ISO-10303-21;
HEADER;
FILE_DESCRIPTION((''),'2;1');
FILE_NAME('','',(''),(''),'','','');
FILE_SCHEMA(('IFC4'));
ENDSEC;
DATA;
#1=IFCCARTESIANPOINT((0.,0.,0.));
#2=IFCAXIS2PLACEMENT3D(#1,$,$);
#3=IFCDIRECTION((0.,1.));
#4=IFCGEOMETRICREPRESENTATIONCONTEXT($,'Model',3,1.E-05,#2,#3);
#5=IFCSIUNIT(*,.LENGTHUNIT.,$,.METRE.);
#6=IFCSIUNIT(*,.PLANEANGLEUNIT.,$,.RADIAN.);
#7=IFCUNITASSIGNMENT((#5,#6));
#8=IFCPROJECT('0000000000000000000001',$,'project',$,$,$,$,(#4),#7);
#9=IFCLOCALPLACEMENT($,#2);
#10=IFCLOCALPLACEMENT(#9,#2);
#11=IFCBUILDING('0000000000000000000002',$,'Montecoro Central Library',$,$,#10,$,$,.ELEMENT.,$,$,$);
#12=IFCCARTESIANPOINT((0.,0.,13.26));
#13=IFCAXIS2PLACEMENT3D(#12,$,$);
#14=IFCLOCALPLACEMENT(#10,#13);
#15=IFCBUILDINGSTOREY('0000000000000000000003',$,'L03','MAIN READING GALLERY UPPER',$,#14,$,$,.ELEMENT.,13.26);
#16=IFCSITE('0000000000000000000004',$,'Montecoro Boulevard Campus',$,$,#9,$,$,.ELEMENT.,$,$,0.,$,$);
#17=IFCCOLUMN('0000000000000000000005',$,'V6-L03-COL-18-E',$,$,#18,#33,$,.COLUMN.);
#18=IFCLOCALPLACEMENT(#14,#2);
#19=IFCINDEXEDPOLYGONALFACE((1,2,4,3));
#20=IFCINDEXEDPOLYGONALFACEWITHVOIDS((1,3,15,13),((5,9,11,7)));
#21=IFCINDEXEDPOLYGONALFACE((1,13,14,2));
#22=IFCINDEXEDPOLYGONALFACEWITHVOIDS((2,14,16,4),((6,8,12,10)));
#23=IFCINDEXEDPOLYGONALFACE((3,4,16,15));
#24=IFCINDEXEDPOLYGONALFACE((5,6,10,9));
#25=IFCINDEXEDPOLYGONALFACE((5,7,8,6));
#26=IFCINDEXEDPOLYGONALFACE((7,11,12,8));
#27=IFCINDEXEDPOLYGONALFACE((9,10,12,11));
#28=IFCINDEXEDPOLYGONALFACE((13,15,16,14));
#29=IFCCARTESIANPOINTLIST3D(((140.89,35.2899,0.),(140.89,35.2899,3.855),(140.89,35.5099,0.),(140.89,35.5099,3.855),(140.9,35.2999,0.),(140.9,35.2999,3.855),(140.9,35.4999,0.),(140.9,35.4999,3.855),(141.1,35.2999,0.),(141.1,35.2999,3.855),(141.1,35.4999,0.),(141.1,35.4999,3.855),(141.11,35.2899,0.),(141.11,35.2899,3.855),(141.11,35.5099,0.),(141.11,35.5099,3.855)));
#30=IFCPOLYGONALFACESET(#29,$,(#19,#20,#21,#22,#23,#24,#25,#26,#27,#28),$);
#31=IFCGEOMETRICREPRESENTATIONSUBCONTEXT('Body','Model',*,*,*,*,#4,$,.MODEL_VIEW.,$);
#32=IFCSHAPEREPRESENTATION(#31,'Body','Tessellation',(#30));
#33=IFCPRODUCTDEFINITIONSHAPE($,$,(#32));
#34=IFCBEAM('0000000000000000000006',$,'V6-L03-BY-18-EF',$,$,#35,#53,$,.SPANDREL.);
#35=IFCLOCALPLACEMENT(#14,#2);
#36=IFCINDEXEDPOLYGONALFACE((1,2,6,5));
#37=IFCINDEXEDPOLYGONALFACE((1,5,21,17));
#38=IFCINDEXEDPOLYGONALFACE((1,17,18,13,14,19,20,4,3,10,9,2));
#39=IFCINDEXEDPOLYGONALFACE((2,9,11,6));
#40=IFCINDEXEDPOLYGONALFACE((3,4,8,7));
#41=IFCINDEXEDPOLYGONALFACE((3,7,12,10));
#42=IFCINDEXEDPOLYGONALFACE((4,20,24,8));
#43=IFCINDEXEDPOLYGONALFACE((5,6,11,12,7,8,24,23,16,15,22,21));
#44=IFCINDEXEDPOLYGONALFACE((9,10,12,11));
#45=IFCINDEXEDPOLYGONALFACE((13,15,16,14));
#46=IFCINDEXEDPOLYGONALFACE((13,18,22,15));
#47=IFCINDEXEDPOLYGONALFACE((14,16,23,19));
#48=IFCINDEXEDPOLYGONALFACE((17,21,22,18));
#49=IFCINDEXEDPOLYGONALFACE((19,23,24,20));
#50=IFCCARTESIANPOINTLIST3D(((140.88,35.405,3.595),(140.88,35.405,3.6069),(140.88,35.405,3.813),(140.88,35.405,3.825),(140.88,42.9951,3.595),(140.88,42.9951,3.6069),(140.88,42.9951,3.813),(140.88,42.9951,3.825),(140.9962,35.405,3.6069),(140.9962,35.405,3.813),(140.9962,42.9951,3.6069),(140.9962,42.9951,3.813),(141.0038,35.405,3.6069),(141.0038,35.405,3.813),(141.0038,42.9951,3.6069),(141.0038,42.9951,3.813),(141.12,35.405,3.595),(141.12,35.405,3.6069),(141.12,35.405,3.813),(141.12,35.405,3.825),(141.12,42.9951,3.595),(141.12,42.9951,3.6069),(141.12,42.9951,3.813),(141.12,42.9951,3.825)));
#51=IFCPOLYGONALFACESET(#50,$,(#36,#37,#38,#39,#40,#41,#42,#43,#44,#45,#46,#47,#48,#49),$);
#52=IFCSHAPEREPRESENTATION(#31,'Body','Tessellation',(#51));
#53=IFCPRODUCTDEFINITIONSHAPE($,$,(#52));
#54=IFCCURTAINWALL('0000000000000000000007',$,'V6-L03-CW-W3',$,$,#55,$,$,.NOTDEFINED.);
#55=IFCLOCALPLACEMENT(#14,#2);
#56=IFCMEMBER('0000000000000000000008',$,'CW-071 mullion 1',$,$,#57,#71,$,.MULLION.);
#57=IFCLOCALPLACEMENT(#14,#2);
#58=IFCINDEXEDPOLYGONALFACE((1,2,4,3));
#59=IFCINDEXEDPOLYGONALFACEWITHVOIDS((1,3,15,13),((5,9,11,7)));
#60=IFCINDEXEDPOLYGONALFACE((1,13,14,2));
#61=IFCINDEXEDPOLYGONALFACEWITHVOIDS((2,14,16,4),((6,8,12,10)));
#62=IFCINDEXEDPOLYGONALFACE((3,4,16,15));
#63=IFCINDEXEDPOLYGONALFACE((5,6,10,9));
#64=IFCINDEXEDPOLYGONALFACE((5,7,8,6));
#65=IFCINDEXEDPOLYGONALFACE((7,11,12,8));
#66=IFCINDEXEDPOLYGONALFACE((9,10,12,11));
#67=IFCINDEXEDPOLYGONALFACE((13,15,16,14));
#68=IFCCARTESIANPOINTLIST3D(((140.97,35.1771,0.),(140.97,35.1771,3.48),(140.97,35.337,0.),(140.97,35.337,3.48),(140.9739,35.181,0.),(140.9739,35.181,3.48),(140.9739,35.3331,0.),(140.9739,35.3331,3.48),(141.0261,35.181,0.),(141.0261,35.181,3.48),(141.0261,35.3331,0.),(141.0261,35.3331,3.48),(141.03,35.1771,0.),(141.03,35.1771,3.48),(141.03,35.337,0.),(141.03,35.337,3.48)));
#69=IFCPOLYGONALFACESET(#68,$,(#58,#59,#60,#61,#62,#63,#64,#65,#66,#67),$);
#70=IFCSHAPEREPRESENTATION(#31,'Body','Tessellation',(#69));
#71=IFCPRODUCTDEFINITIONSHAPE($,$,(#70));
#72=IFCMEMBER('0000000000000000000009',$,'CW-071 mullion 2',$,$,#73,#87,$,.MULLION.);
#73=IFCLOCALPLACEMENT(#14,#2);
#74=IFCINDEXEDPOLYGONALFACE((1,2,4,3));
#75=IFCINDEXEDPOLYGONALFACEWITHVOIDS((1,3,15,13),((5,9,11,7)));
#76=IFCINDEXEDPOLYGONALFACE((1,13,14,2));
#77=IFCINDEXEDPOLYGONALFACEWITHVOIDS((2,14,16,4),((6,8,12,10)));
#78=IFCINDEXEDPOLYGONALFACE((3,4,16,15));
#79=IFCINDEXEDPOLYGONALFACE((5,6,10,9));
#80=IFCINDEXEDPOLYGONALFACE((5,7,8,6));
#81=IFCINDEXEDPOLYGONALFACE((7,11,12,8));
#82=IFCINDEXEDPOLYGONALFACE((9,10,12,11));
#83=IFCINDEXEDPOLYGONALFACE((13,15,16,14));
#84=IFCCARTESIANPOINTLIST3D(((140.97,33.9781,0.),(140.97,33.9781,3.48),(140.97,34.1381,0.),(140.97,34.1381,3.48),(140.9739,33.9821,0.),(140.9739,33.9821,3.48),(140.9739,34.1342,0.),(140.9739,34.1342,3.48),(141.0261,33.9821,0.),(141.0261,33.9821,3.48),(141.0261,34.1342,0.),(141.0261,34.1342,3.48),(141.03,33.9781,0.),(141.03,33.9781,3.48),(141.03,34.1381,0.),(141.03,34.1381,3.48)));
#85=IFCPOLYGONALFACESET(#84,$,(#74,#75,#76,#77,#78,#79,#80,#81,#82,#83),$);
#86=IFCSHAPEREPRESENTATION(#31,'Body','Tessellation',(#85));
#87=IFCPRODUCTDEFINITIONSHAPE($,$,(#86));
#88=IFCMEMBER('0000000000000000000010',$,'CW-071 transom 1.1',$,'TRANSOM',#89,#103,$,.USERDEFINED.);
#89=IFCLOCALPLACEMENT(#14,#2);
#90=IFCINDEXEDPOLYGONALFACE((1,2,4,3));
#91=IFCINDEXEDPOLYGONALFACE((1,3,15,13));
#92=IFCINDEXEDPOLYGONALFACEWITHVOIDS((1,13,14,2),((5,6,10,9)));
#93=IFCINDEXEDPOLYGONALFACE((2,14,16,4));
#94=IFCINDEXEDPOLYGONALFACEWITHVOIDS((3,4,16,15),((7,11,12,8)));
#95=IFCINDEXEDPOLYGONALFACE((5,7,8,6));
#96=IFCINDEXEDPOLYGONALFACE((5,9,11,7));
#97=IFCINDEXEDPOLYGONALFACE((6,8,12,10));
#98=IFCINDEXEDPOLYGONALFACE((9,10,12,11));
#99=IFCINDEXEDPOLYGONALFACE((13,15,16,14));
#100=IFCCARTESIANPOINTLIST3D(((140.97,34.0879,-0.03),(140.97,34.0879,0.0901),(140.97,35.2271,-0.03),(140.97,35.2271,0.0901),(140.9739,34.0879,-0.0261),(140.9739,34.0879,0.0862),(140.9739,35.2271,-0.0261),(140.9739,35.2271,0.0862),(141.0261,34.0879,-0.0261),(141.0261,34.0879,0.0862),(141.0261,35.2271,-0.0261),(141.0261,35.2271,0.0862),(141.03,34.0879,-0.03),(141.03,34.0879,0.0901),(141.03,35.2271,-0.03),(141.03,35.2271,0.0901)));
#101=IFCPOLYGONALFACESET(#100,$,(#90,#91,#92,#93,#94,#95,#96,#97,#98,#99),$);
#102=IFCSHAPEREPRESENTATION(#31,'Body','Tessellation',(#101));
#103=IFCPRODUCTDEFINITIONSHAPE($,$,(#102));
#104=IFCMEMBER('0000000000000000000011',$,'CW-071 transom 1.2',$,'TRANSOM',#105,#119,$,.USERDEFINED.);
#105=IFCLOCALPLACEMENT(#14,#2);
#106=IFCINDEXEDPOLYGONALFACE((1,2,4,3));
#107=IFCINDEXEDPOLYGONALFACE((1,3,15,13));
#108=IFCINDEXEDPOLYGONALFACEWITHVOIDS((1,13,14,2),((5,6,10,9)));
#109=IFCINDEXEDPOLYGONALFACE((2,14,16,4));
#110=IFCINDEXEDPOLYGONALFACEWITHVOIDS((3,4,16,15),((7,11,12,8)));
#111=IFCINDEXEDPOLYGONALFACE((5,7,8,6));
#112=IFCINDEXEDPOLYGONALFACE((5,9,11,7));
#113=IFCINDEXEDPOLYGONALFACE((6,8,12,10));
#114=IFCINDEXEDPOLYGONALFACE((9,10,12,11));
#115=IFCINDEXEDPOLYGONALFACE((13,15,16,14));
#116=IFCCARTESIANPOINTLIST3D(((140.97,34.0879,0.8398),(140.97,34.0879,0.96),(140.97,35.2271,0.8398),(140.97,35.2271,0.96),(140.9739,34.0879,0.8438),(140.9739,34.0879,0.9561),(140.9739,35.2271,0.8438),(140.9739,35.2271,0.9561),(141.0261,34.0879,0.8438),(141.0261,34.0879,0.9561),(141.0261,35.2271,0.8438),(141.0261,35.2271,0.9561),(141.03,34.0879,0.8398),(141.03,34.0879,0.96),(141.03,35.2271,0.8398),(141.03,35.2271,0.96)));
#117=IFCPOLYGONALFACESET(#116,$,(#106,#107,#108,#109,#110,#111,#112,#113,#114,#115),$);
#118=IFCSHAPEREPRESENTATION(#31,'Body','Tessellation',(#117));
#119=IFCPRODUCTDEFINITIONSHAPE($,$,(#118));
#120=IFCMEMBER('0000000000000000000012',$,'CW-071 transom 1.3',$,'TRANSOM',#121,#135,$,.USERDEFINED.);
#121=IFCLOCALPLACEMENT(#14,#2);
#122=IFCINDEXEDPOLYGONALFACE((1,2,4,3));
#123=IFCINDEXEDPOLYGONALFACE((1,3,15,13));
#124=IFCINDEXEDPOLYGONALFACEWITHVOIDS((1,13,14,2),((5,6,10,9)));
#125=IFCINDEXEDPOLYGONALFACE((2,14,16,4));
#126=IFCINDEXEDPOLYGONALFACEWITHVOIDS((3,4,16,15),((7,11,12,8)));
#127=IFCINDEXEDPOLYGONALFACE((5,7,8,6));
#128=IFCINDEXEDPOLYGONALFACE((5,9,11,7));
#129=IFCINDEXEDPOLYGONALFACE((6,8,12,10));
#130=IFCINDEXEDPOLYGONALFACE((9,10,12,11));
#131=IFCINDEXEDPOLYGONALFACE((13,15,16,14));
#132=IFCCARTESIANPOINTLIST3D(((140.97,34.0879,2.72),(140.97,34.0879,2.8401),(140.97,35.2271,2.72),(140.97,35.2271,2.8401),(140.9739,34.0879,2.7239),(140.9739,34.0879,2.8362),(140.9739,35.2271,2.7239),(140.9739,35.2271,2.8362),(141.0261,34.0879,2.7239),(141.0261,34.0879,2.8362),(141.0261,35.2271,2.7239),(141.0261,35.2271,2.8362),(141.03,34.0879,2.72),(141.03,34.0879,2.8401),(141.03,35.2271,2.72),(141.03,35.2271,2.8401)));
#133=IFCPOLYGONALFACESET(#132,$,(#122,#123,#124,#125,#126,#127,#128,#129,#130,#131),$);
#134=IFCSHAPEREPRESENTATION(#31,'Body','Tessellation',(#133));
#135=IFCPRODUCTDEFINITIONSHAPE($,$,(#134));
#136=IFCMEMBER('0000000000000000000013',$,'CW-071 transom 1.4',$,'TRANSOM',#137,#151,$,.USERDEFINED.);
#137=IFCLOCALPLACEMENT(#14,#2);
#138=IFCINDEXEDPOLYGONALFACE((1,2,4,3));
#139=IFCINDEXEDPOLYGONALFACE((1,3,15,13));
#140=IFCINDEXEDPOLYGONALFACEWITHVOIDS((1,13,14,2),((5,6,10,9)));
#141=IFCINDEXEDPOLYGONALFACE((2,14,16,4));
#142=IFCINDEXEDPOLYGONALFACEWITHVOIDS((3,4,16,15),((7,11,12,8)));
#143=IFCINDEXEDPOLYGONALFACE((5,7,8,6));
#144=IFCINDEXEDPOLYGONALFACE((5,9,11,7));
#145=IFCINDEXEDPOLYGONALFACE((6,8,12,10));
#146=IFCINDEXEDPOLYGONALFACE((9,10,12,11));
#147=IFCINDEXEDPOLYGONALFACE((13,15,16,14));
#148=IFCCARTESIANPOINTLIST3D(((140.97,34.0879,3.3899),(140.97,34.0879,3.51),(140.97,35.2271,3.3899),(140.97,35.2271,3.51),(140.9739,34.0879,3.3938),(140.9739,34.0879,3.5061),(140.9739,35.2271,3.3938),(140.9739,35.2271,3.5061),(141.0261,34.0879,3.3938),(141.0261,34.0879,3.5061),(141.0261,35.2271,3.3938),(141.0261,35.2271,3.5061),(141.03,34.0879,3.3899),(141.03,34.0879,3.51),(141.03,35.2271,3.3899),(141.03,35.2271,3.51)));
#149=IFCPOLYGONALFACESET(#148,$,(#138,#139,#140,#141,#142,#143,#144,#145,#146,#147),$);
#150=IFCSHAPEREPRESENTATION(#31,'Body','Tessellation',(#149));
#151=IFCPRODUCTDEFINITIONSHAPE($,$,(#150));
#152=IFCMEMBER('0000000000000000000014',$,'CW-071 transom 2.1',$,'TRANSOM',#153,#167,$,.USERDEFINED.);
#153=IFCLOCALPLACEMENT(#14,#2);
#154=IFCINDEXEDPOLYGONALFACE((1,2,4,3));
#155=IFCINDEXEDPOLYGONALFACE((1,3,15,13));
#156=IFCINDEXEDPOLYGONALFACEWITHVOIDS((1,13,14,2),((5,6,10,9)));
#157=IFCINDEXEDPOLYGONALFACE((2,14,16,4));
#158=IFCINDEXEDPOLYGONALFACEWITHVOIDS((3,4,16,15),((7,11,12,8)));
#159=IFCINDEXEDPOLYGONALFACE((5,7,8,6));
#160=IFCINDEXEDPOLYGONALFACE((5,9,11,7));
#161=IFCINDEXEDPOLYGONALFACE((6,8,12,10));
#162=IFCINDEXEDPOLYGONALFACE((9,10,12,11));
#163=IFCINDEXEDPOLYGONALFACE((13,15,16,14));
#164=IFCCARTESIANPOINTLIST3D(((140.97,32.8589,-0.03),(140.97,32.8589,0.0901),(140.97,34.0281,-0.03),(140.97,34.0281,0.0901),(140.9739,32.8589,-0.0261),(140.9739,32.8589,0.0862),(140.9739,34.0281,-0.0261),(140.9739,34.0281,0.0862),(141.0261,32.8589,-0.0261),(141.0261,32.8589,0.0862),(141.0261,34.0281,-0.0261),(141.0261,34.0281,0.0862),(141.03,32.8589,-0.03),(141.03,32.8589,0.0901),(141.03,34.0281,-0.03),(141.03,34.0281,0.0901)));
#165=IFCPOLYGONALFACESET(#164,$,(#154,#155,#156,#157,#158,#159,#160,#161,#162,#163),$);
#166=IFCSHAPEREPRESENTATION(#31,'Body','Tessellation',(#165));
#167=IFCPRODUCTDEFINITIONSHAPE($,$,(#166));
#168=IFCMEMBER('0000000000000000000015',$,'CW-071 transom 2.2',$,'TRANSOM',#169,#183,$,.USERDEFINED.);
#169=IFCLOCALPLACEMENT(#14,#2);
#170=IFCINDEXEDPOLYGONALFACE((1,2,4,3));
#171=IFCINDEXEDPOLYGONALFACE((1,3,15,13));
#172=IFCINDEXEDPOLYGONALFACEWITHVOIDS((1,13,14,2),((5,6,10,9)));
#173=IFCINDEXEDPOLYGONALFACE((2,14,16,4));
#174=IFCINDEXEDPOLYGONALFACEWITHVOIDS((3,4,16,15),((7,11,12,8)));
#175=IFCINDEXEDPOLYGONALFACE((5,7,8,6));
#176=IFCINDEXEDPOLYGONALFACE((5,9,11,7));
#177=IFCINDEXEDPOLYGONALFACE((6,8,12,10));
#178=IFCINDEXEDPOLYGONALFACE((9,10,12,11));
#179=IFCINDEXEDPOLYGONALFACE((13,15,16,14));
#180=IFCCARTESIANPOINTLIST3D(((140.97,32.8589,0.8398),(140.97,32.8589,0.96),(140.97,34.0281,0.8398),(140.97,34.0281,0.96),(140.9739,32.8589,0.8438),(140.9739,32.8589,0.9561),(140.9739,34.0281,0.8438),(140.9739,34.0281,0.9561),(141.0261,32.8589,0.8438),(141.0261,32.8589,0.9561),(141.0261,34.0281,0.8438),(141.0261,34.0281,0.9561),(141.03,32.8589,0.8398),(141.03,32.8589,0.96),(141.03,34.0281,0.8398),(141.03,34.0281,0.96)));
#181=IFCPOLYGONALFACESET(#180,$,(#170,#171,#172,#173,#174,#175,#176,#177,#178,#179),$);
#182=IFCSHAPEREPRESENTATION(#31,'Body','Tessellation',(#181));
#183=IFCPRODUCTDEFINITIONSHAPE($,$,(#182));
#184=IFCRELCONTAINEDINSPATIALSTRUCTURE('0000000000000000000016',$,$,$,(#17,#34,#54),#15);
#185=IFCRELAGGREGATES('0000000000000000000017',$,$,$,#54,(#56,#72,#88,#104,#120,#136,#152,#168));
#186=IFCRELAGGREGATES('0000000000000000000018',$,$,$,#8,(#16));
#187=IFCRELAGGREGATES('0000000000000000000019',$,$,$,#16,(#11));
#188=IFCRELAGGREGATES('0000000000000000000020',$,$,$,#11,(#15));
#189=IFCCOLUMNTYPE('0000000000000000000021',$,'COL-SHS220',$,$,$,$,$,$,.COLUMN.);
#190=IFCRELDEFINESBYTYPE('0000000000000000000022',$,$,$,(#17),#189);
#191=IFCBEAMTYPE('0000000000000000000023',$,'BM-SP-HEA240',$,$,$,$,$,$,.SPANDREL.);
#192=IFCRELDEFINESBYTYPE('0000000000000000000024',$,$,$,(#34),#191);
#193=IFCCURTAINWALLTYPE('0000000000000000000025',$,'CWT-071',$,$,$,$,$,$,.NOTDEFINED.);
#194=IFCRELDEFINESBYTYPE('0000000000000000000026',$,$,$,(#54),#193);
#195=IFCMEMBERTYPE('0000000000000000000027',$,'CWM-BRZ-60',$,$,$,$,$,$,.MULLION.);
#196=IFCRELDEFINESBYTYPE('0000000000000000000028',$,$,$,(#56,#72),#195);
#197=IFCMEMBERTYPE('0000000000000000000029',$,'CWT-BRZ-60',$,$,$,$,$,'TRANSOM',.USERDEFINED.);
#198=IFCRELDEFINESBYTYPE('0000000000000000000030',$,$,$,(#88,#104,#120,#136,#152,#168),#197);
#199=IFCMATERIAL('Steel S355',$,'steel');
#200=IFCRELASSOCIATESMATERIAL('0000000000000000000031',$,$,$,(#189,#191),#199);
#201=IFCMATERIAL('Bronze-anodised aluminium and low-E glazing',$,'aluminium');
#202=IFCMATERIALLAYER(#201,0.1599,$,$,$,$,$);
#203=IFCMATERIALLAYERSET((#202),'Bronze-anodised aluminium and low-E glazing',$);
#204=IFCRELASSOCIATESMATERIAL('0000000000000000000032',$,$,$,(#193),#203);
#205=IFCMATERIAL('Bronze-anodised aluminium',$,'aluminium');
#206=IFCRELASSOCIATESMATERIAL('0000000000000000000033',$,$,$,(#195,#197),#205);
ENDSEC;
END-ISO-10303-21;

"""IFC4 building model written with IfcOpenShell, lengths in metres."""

from ifc_helpers import new_model, si_unit, direction, frame, origin, origin_2d, place, context, subcontext, project, spatial, hollow_rectangle, i_section, extrude, material, layer, layer_set, material_profile, profile_set, type_object, element, aggregate, save


model = new_model("IFC4")

# Units and contexts
model_context = context("Model", 3, precision=1e-05, world=origin(), true_north=direction((0.0, 1.0)))
body_context = subcontext(model_context, "Body", "Model", "MODEL_VIEW")
ifc_project = project(units=[si_unit("LENGTHUNIT", "METRE"), si_unit("PLANEANGLEUNIT", "RADIAN")], contexts=[model_context])

# Site, building, storey
site_placement = place(None, origin())
site = spatial("IfcSite", under=ifc_project, at=site_placement, Name="Montecoro Boulevard Campus", CompositionType="ELEMENT", RefElevation=0.0)
building_placement = place(site_placement, origin())
building = spatial("IfcBuilding", under=site, at=building_placement, Name="Montecoro Central Library", CompositionType="ELEMENT")
storey_placement = place(building_placement, frame((0.0, 0.0, 13.26)))
storey = spatial("IfcBuildingStorey", under=building, at=storey_placement, Name="L03", Description="MAIN READING GALLERY UPPER", CompositionType="ELEMENT", Elevation=13.26)

# Column
ifc_material_1 = material(Name="Steel S355", Category="steel")
ifc_material_profile_1 = material_profile(ifc_material_1, hollow_rectangle(XDim=0.22, YDim=0.22, WallThickness=0.01, at=origin_2d()), Name="SHS 220x220x10.0")
ifc_profile_set_1 = profile_set([ifc_material_profile_1], Name="Steel S355")
column_type = type_object("IfcColumnType", Name="COL-SHS220", PredefinedType="COLUMN", material=ifc_profile_set_1)
column_placement = place(storey_placement, frame((141.0, 35.3999, 0.0), z_axis=(0.0, 0.0, 1.0), x_axis=(1.0, 0.0, 0.0)))
element("IfcColumn", 1, at=column_placement, inside=storey, type_object=column_type, Name="V6-L03-COL-18-E", PredefinedType="COLUMN", context=body_context, shape_type="SweptSolid", body=[
    extrude(hollow_rectangle(XDim=0.22, YDim=0.22, WallThickness=0.01, at=origin_2d()), origin(), (0.0, 0.0, 1.0), 3.855),
])

# Beam
ifc_material_profile_2 = material_profile(ifc_material_1, i_section(OverallWidth=0.24, OverallDepth=0.23, WebThickness=0.0076, FlangeThickness=0.012, at=origin_2d()), Name="HEA 240")
ifc_profile_set_2 = profile_set([ifc_material_profile_2], Name="Steel S355")
beam_type = type_object("IfcBeamType", Name="BM-SP-HEA240", PredefinedType="SPANDREL", material=ifc_profile_set_2)
beam_placement = place(storey_placement, frame((141.0, 35.405, 3.71), z_axis=(0.0, 1.0, 0.0), x_axis=(-1.0, 0.0, 0.0)))
element("IfcBeam", 2, at=beam_placement, inside=storey, type_object=beam_type, Name="V6-L03-BY-18-EF", PredefinedType="SPANDREL", context=body_context, shape_type="SweptSolid", body=[
    extrude(i_section(OverallWidth=0.24, OverallDepth=0.23, WebThickness=0.0076, FlangeThickness=0.012, at=origin_2d()), origin(), (0.0, 0.0, 1.0), 7.5901),
])

# Curtain wall, members
ifc_material_2 = material(Name="Bronze-anodised aluminium and low-E glazing", Category="aluminium")
ifc_layer_1 = layer(ifc_material_2, 0.1599)
ifc_layer_set_1 = layer_set([ifc_layer_1], Name="Bronze-anodised aluminium and low-E glazing")
curtain_wall_type = type_object("IfcCurtainWallType", Name="CWT-071", PredefinedType="NOTDEFINED", material=ifc_layer_set_1)
curtain_wall_placement = place(storey_placement, origin())
curtain_wall = element("IfcCurtainWall", 3, at=curtain_wall_placement, inside=storey, type_object=curtain_wall_type, Name="V6-L03-CW-W3", PredefinedType="NOTDEFINED")
ifc_material_3 = material(Name="Bronze-anodised aluminium", Category="aluminium")
ifc_material_profile_3 = material_profile(ifc_material_3, hollow_rectangle(XDim=0.0601, YDim=0.1599, WallThickness=0.0039, at=origin_2d()), Name="CWM 160x60x4.0")
ifc_profile_set_3 = profile_set([ifc_material_profile_3], Name="Bronze-anodised aluminium")
member_type_1 = type_object("IfcMemberType", Name="CWM-BRZ-60", PredefinedType="MULLION", material=ifc_profile_set_3)
member_1_placement = place(storey_placement, frame((141.0, 35.2571, 0.0), z_axis=(0.0, 0.0, 1.0), x_axis=(1.0, 0.0, 0.0)))
member_1 = element("IfcMember", 4, at=member_1_placement, type_object=member_type_1, Name="CW-071 mullion 1", PredefinedType="MULLION", context=body_context, shape_type="SweptSolid", body=[
    extrude(hollow_rectangle(XDim=0.0601, YDim=0.1599, WallThickness=0.0039, at=origin_2d()), origin(), (0.0, 0.0, 1.0), 3.48),
])
member_2_placement = place(storey_placement, frame((141.0, 34.0581, 0.0), z_axis=(0.0, 0.0, 1.0), x_axis=(1.0, 0.0, 0.0)))
member_2 = element("IfcMember", 5, at=member_2_placement, type_object=member_type_1, Name="CW-071 mullion 2", PredefinedType="MULLION", context=body_context, shape_type="SweptSolid", body=[
    extrude(hollow_rectangle(XDim=0.0601, YDim=0.1599, WallThickness=0.0039, at=origin_2d()), origin(), (0.0, 0.0, 1.0), 3.48),
])
ifc_material_profile_4 = material_profile(ifc_material_3, hollow_rectangle(XDim=0.0601, YDim=0.1201, WallThickness=0.0039, at=origin_2d()), Name="CWT 120x60x4.0")
ifc_profile_set_4 = profile_set([ifc_material_profile_4], Name="Bronze-anodised aluminium")
member_type_2 = type_object("IfcMemberType", Name="CWT-BRZ-60", ElementType="TRANSOM", PredefinedType="USERDEFINED", material=ifc_profile_set_4)
member_3_placement = place(storey_placement, frame((141.0, 35.2271, 0.03), z_axis=(0.0, -1.0, 0.0), x_axis=(1.0, 0.0, 0.0)))
member_3 = element("IfcMember", 6, at=member_3_placement, type_object=member_type_2, Name="CW-071 transom 1.1", ObjectType="TRANSOM", PredefinedType="USERDEFINED", context=body_context, shape_type="SweptSolid", body=[
    extrude(hollow_rectangle(XDim=0.0601, YDim=0.1201, WallThickness=0.0039, at=origin_2d()), origin(), (0.0, 0.0, 1.0), 1.1392),
])
member_4_placement = place(storey_placement, frame((141.0, 35.2271, 0.8999), z_axis=(0.0, -1.0, 0.0), x_axis=(1.0, 0.0, 0.0)))
member_4 = element("IfcMember", 7, at=member_4_placement, type_object=member_type_2, Name="CW-071 transom 1.2", ObjectType="TRANSOM", PredefinedType="USERDEFINED", context=body_context, shape_type="SweptSolid", body=[
    extrude(hollow_rectangle(XDim=0.0601, YDim=0.1201, WallThickness=0.0039, at=origin_2d()), origin(), (0.0, 0.0, 1.0), 1.1392),
])
member_5_placement = place(storey_placement, frame((141.0, 35.2271, 2.78), z_axis=(0.0, -1.0, 0.0), x_axis=(1.0, 0.0, 0.0)))
member_5 = element("IfcMember", 8, at=member_5_placement, type_object=member_type_2, Name="CW-071 transom 1.3", ObjectType="TRANSOM", PredefinedType="USERDEFINED", context=body_context, shape_type="SweptSolid", body=[
    extrude(hollow_rectangle(XDim=0.0601, YDim=0.1201, WallThickness=0.0039, at=origin_2d()), origin(), (0.0, 0.0, 1.0), 1.1392),
])
member_6_placement = place(storey_placement, frame((141.0, 35.2271, 3.45), z_axis=(0.0, -1.0, 0.0), x_axis=(1.0, 0.0, 0.0)))
member_6 = element("IfcMember", 9, at=member_6_placement, type_object=member_type_2, Name="CW-071 transom 1.4", ObjectType="TRANSOM", PredefinedType="USERDEFINED", context=body_context, shape_type="SweptSolid", body=[
    extrude(hollow_rectangle(XDim=0.0601, YDim=0.1201, WallThickness=0.0039, at=origin_2d()), origin(), (0.0, 0.0, 1.0), 1.1392),
])
member_7_placement = place(storey_placement, frame((141.0, 34.0281, 0.03), z_axis=(0.0, -1.0, 0.0), x_axis=(1.0, 0.0, 0.0)))
member_7 = element("IfcMember", 10, at=member_7_placement, type_object=member_type_2, Name="CW-071 transom 2.1", ObjectType="TRANSOM", PredefinedType="USERDEFINED", context=body_context, shape_type="SweptSolid", body=[
    extrude(hollow_rectangle(XDim=0.0601, YDim=0.1201, WallThickness=0.0039, at=origin_2d()), origin(), (0.0, 0.0, 1.0), 1.1692),
])
member_8_placement = place(storey_placement, frame((141.0, 34.0281, 0.8999), z_axis=(0.0, -1.0, 0.0), x_axis=(1.0, 0.0, 0.0)))
member_8 = element("IfcMember", 11, at=member_8_placement, type_object=member_type_2, Name="CW-071 transom 2.2", ObjectType="TRANSOM", PredefinedType="USERDEFINED", context=body_context, shape_type="SweptSolid", body=[
    extrude(hollow_rectangle(XDim=0.0601, YDim=0.1201, WallThickness=0.0039, at=origin_2d()), origin(), (0.0, 0.0, 1.0), 1.1692),
])
aggregate(curtain_wall, [member_1, member_2, member_3, member_4, member_5, member_6, member_7, member_8])

save(model, "model.ifc")
